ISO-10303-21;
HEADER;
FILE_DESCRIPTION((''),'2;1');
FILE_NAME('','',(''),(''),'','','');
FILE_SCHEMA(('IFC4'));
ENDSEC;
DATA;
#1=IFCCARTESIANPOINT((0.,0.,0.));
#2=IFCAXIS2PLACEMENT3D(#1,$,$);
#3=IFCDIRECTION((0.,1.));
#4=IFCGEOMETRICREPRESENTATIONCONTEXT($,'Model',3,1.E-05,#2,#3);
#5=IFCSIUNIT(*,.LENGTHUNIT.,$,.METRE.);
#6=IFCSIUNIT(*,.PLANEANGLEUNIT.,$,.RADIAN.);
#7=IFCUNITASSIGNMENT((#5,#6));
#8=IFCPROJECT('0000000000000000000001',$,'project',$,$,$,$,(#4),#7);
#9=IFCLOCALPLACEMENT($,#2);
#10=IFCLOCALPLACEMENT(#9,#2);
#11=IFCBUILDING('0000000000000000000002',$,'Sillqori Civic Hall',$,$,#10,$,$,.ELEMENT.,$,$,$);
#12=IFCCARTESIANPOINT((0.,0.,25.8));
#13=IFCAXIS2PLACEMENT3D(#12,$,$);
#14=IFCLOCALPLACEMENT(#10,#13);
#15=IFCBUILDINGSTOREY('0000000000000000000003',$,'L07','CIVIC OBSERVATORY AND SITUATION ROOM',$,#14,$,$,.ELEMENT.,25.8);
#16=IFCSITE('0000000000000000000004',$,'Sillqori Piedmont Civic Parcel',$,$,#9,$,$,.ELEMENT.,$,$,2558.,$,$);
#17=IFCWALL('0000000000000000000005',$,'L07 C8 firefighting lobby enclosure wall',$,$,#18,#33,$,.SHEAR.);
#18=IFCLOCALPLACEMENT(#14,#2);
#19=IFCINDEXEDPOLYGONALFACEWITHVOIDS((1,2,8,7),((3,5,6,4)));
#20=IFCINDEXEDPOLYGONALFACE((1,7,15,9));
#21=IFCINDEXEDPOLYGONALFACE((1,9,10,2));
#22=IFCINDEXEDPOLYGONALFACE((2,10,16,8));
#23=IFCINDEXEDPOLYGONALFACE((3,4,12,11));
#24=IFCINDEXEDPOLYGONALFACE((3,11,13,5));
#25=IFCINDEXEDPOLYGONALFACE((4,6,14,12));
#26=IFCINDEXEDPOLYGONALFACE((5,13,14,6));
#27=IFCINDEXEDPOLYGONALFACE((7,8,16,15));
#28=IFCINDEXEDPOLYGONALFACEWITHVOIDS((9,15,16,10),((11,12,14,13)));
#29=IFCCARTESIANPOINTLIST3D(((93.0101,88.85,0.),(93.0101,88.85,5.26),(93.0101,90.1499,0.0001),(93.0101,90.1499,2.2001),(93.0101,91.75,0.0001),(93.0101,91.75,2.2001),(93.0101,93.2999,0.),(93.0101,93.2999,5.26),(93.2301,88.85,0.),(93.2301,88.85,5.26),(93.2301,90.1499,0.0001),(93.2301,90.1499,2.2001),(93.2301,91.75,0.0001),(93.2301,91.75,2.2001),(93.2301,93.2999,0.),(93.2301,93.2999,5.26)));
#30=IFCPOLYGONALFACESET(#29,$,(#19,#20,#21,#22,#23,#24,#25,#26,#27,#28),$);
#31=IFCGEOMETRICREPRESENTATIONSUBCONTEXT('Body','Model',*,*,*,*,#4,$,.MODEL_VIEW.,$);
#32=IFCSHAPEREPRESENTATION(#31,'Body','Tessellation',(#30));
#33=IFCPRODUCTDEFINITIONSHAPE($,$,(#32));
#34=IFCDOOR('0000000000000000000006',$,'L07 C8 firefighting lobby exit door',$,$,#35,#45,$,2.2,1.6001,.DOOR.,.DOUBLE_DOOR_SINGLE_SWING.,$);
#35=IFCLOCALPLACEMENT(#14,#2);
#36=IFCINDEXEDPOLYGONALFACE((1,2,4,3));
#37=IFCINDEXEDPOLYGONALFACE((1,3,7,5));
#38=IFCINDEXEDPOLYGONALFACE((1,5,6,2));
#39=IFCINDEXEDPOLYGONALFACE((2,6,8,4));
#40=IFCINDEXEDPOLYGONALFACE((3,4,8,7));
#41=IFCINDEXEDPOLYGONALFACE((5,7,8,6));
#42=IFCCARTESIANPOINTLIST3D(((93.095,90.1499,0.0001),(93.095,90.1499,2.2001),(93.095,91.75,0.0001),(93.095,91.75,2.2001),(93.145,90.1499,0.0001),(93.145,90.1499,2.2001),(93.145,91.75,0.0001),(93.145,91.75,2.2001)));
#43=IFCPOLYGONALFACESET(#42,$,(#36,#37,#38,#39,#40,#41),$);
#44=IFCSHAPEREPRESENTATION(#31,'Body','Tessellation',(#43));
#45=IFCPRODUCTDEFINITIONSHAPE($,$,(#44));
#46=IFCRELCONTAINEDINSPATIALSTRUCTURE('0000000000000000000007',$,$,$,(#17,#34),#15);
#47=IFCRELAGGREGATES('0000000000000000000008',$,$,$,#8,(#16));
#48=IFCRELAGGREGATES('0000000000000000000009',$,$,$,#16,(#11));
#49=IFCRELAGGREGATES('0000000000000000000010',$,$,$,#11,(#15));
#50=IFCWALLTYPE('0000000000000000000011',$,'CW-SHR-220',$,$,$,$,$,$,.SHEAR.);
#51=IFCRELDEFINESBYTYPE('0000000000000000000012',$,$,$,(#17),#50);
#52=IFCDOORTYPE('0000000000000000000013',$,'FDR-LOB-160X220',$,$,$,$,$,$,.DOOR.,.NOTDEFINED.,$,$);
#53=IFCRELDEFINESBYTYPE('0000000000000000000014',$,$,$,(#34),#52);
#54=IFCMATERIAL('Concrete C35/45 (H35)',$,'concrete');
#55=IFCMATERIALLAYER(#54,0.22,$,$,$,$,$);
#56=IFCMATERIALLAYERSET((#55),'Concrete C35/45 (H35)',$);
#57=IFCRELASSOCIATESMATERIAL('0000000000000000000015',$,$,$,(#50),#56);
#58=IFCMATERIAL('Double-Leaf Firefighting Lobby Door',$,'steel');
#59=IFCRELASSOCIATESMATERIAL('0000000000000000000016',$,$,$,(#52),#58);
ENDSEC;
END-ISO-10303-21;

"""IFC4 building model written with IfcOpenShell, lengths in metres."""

from ifc_helpers import new_model, si_unit, direction, frame, frame_2d, origin, place, context, subcontext, project, spatial, rectangle, extrude, material, layer, layer_set, type_object, element, fill, save


model = new_model("IFC4")

# Units and contexts
model_context = context("Model", 3, precision=1e-05, world=origin(), true_north=direction((0.0, 1.0)))
body_context = subcontext(model_context, "Body", "Model", "MODEL_VIEW")
ifc_project = project(units=[si_unit("LENGTHUNIT", "METRE"), si_unit("PLANEANGLEUNIT", "RADIAN")], contexts=[model_context])

# Site, building, storey
site_placement = place(None, origin())
site = spatial("IfcSite", under=ifc_project, at=site_placement, Name="Sillqori Piedmont Civic Parcel", CompositionType="ELEMENT", RefElevation=2558.0)
building_placement = place(site_placement, origin())
building = spatial("IfcBuilding", under=site, at=building_placement, Name="Sillqori Civic Hall", CompositionType="ELEMENT")
storey_placement = place(building_placement, frame((0.0, 0.0, 25.8)))
storey = spatial("IfcBuildingStorey", under=building, at=storey_placement, Name="L07", Description="CIVIC OBSERVATORY AND SITUATION ROOM", CompositionType="ELEMENT", Elevation=25.8)

# Shared definitions
ifc_material_1 = material(Name="Concrete C35/45 (H35)", Category="concrete")

# Wall, opening, door
ifc_layer = layer(ifc_material_1, 0.22)
ifc_layer_set = layer_set([ifc_layer], Name="Concrete C35/45 (H35)")
wall_type = type_object("IfcWallType", Name="CW-SHR-220", PredefinedType="SHEAR", material=ifc_layer_set)
wall_placement = place(storey_placement, frame((93.1201, 93.3, 0.0), z_axis=(0.0, 0.0, 1.0), x_axis=(0.0, -1.0, 0.0)))
wall = element("IfcWall", 1, at=wall_placement, inside=storey, type_object=wall_type, Name="L07 C8 firefighting lobby enclosure wall", PredefinedType="SHEAR", context=body_context, shape_type="SweptSolid", body=[
    extrude(rectangle(XDim=4.45, YDim=0.22, at=frame_2d((2.2251, 0.0))), origin(), (0.0, 0.0, 1.0), 5.26),
])
opening_placement = place(wall_placement, frame((1.55, 0.0, 0.0)))
opening = element("IfcOpeningElement", 2, at=opening_placement, cuts=wall, PredefinedType="OPENING", context=body_context, shape_type="SweptSolid", body=[
    extrude(rectangle(XDim=1.6001, YDim=2.2, at=frame_2d((0.8, 1.1001))), frame((0.0, 0.1199, 0.0), z_axis=(0.0, -1.0, 0.0), x_axis=(1.0, 0.0, 0.0)), (0.0, 0.0, 1.0), 0.24),
])
ifc_material_2 = material(Name="Double-Leaf Firefighting Lobby Door", Category="steel")
door_type = type_object("IfcDoorType", Name="FDR-LOB-160X220", OperationType="NOTDEFINED", PredefinedType="DOOR", material=ifc_material_2)
door_placement = place(opening_placement, origin())
door = element("IfcDoor", 3, at=door_placement, inside=storey, type_object=door_type, Name="L07 C8 firefighting lobby exit door", OperationType="DOUBLE_DOOR_SINGLE_SWING", OverallHeight=2.2, OverallWidth=1.6001, PredefinedType="DOOR", context=body_context, shape_type="SweptSolid", body=[
    extrude(rectangle(XDim=1.6001, YDim=2.2, at=frame_2d((0.8, 1.1001))), frame((0.0, 0.0249, 0.0), z_axis=(0.0, -1.0, 0.0), x_axis=(1.0, 0.0, 0.0)), (0.0, 0.0, 1.0), 0.05),
])
fill(opening, door)

save(model, "model.ifc")
